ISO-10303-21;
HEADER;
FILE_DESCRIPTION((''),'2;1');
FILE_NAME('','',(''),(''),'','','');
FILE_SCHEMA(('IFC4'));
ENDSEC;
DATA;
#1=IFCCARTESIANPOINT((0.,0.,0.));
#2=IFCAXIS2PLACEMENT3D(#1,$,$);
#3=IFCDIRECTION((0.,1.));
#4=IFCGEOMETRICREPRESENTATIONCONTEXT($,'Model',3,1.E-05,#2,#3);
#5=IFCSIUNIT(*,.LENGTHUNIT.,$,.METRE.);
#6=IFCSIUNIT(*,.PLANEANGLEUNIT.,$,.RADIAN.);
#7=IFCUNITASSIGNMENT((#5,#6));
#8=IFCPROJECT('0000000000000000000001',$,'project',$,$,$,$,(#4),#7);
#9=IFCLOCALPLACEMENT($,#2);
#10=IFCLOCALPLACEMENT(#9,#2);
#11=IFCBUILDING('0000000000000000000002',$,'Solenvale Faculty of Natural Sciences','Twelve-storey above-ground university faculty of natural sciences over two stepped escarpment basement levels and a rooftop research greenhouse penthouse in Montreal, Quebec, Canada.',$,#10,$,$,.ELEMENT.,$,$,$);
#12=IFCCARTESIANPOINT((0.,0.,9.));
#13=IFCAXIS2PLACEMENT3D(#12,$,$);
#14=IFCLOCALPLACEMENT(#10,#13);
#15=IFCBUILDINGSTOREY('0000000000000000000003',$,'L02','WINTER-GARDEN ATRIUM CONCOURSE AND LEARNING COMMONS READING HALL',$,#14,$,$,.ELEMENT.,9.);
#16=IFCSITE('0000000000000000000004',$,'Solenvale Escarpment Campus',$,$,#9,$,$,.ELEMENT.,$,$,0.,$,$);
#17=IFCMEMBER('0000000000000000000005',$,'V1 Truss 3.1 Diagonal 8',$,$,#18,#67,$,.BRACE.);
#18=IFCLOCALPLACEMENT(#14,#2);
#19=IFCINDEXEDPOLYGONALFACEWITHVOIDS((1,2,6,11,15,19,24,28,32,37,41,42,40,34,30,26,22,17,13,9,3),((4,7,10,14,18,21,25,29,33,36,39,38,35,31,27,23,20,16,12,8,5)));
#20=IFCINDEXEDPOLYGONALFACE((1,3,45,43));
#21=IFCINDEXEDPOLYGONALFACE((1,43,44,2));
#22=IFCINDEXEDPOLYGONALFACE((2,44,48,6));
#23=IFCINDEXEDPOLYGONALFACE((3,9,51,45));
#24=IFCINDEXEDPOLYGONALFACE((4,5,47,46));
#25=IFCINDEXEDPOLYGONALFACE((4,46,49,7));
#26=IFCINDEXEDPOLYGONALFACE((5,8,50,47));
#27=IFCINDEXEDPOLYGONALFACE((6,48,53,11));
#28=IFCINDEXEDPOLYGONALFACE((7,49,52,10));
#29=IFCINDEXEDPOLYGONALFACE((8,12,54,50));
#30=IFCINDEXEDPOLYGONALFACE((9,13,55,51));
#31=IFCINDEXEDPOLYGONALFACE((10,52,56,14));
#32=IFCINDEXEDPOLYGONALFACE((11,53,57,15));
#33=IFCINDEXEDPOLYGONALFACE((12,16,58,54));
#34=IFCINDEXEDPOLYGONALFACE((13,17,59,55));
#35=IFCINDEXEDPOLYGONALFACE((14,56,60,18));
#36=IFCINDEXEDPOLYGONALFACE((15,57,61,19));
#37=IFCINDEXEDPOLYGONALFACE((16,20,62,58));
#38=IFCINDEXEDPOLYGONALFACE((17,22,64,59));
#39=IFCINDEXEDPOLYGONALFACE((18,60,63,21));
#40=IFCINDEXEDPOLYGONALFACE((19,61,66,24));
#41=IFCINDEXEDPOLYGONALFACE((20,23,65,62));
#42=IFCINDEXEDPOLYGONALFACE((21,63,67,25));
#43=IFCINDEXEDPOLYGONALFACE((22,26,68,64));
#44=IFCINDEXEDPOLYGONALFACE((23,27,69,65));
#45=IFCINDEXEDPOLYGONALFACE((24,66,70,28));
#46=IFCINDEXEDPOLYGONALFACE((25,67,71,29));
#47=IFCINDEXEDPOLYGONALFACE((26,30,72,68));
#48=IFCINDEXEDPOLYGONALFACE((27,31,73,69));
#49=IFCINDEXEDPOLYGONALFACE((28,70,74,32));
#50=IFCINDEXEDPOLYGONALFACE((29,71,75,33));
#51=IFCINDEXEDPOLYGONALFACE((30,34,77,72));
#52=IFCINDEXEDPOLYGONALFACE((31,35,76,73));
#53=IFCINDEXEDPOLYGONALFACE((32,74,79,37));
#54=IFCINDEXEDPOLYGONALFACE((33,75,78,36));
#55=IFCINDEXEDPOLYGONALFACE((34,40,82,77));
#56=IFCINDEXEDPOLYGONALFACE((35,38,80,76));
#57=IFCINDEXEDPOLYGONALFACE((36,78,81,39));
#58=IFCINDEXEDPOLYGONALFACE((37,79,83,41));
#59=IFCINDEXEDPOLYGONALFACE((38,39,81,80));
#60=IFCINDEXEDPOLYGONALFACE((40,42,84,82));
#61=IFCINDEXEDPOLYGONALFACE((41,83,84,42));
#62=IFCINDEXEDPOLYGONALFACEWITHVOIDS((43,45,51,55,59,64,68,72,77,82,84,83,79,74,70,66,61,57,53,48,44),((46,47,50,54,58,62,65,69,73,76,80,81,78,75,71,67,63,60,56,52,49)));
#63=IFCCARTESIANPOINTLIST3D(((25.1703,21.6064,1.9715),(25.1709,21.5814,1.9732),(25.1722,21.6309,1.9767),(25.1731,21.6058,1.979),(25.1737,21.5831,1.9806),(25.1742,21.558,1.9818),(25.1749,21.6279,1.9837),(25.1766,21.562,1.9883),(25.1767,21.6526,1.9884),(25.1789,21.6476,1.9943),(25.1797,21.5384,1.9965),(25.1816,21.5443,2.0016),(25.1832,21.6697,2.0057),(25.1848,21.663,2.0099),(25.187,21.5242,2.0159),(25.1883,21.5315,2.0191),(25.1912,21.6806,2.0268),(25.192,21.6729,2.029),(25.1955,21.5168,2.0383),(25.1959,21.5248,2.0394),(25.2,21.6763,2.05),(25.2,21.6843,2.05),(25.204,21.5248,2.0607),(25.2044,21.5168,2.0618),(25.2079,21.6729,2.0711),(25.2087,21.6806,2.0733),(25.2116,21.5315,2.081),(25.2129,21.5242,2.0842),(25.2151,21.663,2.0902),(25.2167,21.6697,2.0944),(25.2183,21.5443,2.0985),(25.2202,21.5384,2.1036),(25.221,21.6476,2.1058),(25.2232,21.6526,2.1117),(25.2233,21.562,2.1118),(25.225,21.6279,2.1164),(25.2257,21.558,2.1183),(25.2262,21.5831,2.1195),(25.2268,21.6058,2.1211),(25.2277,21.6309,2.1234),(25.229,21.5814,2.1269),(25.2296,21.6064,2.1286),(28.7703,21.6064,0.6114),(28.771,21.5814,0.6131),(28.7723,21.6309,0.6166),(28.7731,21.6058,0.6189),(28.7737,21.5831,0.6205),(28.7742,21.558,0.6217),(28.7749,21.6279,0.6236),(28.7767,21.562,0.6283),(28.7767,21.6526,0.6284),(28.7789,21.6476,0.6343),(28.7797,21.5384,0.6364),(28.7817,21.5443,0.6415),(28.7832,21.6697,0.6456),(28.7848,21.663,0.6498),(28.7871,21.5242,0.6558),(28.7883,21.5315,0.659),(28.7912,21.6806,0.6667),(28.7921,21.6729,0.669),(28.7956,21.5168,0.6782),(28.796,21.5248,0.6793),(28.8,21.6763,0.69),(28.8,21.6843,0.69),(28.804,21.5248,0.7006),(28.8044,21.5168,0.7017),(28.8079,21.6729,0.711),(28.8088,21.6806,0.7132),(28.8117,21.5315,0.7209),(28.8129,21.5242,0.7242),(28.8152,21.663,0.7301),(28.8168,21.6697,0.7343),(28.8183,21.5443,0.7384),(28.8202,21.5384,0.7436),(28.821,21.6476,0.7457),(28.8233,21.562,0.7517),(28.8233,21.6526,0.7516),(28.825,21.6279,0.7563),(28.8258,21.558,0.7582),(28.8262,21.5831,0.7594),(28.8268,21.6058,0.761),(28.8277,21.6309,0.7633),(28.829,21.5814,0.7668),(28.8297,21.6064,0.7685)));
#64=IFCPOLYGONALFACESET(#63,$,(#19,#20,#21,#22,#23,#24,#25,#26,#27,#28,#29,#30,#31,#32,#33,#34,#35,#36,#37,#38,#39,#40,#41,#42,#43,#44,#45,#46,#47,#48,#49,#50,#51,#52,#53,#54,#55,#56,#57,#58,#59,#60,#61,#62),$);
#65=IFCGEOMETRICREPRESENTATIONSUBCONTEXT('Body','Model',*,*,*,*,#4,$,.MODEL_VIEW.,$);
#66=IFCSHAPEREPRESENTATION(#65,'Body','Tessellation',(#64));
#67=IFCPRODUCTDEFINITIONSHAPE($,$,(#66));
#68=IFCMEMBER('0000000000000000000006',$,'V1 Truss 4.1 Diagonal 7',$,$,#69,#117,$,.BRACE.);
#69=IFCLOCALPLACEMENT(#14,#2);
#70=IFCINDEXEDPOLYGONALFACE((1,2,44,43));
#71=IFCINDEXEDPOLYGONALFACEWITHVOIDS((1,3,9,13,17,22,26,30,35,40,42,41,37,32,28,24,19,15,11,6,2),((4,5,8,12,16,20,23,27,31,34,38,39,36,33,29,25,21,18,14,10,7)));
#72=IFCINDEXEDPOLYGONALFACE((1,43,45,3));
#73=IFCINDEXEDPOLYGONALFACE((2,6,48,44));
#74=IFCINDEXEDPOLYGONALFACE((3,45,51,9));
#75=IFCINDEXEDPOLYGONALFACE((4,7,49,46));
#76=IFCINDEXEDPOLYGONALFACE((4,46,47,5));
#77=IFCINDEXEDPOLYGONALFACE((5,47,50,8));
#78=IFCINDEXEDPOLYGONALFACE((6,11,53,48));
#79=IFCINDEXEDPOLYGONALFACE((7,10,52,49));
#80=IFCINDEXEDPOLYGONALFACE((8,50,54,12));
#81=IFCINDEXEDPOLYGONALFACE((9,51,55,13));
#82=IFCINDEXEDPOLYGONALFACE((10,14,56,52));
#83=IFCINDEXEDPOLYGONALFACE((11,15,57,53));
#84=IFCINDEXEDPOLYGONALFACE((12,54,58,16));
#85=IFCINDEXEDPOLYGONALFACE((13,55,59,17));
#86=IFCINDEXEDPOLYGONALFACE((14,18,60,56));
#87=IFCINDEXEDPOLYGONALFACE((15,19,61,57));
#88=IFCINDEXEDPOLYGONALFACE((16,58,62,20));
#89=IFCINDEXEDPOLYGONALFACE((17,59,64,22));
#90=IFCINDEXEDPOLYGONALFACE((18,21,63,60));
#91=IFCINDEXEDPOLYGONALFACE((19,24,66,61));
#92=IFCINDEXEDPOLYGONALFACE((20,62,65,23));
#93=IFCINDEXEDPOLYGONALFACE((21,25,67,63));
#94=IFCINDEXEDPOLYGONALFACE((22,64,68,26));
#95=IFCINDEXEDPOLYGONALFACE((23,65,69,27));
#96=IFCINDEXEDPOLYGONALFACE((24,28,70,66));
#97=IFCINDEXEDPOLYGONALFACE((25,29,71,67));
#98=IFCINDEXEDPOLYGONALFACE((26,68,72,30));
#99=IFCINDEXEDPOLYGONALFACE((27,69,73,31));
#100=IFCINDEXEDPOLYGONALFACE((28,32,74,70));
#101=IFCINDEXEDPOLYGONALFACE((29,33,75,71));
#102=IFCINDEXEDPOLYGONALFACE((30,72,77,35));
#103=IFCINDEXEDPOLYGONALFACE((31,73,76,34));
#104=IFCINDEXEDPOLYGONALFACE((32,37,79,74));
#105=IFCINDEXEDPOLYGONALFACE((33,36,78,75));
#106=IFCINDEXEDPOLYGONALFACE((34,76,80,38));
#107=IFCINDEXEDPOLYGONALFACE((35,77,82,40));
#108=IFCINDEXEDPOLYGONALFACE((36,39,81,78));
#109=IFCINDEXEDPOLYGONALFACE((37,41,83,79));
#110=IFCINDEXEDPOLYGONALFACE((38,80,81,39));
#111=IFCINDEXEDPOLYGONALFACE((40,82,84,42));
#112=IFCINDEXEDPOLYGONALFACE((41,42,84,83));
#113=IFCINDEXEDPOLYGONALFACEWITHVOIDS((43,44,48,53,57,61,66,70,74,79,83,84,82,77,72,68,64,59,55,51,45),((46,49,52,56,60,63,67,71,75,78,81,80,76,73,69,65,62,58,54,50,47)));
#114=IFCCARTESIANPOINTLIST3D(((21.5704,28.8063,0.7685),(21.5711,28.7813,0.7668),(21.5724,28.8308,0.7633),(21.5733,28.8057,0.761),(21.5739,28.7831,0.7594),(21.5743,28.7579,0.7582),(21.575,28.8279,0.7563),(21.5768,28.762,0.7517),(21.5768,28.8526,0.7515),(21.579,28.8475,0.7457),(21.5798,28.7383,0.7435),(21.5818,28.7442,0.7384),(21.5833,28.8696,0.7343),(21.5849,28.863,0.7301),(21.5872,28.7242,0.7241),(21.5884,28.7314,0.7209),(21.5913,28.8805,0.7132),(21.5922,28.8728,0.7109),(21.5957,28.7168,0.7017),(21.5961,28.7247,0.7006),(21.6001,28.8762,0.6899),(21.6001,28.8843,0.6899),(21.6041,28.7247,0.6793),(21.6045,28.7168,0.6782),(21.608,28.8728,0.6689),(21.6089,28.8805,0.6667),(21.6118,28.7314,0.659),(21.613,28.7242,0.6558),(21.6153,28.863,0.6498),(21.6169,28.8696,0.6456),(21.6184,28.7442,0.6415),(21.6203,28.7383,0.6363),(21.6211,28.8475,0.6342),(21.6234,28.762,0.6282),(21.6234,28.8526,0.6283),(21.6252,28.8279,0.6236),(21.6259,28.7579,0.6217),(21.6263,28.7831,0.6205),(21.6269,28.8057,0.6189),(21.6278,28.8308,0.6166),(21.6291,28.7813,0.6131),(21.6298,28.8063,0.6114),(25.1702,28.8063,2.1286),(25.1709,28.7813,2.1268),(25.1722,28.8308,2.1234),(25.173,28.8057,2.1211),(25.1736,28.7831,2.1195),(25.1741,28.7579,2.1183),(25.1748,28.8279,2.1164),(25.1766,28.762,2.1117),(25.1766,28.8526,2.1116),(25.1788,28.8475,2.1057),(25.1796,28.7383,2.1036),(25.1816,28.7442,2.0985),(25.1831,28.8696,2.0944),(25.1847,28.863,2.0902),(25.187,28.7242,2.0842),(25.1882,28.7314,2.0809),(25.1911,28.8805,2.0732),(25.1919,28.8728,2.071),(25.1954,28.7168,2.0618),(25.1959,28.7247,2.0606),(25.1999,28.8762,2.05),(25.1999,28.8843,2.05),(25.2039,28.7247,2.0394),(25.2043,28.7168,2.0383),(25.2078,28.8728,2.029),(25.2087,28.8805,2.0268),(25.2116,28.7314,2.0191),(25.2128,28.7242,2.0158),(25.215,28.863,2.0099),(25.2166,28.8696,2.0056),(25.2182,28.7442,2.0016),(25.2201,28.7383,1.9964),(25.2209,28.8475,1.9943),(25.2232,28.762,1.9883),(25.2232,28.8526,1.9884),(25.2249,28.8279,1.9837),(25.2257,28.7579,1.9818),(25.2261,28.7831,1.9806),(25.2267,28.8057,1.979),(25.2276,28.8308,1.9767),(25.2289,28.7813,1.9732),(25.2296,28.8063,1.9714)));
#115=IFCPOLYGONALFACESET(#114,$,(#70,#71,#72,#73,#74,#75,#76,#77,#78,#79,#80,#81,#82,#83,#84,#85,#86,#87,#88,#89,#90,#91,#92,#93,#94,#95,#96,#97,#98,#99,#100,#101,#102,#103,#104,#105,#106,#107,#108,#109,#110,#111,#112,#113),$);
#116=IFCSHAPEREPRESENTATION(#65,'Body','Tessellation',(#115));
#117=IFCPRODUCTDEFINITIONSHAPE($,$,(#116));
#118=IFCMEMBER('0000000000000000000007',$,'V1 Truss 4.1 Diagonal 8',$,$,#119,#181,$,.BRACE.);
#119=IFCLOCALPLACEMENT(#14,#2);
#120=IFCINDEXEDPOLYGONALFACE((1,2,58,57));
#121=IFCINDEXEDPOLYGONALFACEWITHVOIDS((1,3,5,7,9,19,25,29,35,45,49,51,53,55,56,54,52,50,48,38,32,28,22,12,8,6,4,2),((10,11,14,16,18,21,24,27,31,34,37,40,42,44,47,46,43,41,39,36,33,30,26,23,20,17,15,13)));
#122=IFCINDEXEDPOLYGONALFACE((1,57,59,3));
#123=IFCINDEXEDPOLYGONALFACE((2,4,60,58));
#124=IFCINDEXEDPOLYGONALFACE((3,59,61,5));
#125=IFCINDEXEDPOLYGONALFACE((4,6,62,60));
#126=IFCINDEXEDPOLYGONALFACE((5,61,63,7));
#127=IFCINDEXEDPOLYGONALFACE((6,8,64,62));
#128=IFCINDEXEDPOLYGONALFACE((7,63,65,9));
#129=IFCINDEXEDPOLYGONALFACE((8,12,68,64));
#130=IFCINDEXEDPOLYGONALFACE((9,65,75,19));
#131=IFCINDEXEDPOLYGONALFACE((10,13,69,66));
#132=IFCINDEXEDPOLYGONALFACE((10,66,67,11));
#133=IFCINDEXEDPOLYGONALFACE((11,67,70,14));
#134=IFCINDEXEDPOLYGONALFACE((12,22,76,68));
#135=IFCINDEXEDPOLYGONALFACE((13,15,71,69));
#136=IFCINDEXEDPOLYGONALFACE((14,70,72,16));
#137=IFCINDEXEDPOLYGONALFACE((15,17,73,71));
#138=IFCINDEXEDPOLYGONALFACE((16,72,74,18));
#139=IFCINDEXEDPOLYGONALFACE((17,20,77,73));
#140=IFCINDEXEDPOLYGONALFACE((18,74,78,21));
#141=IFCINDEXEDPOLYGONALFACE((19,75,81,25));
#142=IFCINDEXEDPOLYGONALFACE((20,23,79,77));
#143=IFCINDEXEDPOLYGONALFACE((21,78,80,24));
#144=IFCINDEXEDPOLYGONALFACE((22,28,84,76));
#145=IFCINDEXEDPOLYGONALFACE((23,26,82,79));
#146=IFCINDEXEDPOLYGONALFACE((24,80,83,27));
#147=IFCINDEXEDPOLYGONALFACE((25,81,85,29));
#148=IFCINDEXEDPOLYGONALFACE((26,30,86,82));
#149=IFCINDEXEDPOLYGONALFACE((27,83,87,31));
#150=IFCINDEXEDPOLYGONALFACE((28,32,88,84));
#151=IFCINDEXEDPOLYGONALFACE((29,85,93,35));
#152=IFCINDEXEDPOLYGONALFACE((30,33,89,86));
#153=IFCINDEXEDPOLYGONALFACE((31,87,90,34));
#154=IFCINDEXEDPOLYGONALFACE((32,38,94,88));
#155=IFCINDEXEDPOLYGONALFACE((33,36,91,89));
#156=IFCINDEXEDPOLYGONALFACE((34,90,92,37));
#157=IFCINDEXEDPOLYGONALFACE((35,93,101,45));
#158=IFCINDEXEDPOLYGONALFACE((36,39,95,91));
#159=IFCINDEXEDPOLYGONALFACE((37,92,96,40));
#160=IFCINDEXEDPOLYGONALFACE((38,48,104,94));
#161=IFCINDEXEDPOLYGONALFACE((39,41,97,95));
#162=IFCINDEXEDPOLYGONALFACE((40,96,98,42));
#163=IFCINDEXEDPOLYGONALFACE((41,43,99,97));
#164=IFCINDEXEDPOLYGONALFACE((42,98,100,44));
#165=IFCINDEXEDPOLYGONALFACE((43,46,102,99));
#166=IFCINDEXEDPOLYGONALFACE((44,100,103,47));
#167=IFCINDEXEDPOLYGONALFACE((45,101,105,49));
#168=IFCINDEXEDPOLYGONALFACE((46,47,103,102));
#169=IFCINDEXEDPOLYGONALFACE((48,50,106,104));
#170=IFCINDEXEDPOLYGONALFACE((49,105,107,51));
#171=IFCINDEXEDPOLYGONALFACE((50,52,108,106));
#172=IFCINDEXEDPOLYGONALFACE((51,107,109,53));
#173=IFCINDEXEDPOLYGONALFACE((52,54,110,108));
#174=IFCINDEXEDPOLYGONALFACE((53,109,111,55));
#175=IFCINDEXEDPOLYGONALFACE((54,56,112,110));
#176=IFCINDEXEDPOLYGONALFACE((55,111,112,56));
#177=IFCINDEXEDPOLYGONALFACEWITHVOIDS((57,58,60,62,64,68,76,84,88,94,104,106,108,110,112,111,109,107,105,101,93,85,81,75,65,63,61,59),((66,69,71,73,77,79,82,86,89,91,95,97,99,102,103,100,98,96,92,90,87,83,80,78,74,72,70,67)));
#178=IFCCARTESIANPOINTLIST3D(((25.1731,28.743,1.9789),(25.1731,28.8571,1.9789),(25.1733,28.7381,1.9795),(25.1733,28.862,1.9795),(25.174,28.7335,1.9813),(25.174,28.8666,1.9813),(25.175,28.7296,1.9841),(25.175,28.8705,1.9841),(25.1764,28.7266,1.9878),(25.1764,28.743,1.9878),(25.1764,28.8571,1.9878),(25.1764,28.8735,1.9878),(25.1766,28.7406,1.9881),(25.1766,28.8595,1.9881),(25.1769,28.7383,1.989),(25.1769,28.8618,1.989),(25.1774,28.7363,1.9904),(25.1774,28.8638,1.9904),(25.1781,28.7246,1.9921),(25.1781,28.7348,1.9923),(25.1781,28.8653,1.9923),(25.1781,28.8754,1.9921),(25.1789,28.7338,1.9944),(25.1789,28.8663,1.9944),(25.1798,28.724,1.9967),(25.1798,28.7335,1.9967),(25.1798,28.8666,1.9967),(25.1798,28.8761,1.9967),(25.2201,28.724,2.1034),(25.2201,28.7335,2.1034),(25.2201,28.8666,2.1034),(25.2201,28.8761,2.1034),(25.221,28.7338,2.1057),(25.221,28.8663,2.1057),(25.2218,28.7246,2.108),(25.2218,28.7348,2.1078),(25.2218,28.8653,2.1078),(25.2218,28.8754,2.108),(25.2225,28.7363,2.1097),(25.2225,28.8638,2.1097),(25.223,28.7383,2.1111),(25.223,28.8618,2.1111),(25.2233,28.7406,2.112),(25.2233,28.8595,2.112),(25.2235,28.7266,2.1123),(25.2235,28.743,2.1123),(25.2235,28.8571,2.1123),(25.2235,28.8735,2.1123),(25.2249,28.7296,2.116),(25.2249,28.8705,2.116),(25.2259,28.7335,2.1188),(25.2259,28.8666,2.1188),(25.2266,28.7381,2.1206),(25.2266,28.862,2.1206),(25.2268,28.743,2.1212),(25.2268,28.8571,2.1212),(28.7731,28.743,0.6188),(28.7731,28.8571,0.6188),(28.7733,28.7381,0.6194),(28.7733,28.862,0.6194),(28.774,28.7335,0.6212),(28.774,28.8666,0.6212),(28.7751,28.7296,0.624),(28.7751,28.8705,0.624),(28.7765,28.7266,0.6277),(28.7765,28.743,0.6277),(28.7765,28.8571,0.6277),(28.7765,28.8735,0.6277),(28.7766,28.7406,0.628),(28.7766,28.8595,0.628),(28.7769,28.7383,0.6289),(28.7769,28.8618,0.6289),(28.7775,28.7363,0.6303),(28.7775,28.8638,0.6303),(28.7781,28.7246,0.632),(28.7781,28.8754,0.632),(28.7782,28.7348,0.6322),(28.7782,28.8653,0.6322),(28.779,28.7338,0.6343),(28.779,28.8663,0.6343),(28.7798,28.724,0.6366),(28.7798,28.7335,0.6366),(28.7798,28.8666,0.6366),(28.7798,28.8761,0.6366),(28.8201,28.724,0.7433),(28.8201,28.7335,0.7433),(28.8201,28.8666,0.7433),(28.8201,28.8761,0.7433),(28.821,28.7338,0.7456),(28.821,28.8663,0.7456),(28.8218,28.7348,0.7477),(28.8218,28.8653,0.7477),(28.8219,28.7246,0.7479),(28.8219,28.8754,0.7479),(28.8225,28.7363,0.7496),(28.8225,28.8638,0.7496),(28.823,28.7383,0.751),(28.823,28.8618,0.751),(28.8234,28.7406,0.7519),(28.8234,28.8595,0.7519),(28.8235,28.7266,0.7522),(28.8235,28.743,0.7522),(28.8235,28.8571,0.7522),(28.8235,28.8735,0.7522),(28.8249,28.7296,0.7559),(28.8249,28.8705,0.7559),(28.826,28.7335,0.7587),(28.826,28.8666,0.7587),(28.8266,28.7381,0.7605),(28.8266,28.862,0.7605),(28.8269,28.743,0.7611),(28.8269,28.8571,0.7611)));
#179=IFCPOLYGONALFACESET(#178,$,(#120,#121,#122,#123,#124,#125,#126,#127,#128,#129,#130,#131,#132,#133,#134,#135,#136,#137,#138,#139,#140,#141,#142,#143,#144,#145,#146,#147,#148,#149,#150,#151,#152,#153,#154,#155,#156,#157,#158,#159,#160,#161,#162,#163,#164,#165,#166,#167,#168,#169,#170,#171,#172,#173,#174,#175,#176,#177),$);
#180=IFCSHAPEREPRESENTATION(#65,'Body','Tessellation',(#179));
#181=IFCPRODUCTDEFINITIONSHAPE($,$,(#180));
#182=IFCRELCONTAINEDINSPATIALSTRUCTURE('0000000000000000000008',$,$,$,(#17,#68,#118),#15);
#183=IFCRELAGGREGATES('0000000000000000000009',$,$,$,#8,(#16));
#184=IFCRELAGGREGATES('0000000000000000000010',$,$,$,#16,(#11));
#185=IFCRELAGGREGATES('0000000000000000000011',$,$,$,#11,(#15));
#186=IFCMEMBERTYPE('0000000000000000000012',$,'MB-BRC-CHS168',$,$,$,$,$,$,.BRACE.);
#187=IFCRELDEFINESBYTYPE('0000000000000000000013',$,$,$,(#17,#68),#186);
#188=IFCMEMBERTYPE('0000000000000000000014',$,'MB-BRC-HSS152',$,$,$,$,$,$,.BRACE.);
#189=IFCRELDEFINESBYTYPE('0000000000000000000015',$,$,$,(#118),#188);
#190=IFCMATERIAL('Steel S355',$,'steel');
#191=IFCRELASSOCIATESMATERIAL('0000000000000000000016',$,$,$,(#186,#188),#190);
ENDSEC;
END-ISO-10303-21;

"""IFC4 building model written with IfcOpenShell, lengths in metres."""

from ifc_helpers import new_model, si_unit, direction, frame, origin, origin_2d, place, context, subcontext, project, spatial, hollow_rectangle, hollow_circle, extrude, material, material_profile, profile_set, type_object, element, save


model = new_model("IFC4")

# Units and contexts
model_context = context("Model", 3, precision=1e-05, world=origin(), true_north=direction((0.0, 1.0)))
body_context = subcontext(model_context, "Body", "Model", "MODEL_VIEW")
ifc_project = project(units=[si_unit("LENGTHUNIT", "METRE"), si_unit("PLANEANGLEUNIT", "RADIAN")], contexts=[model_context])

# Site, building, storey
site_placement = place(None, origin())
site = spatial("IfcSite", under=ifc_project, at=site_placement, Name="Solenvale Escarpment Campus", CompositionType="ELEMENT", RefElevation=0.0)
building_placement = place(site_placement, origin())
building = spatial("IfcBuilding", under=site, at=building_placement, Name="Solenvale Faculty of Natural Sciences", Description="Twelve-storey above-ground university faculty of natural sciences over two stepped escarpment basement levels and a rooftop research greenhouse penthouse in Montreal, Quebec, Canada.", CompositionType="ELEMENT")
storey_placement = place(building_placement, frame((0.0, 0.0, 9.0)))
storey = spatial("IfcBuildingStorey", under=building, at=storey_placement, Name="L02", Description="WINTER-GARDEN ATRIUM CONCOURSE AND LEARNING COMMONS READING HALL", CompositionType="ELEMENT", Elevation=9.0)

# Members
ifc_material_1 = material(Name="Steel S355", Category="steel")
ifc_material_profile_1 = material_profile(ifc_material_1, hollow_circle(Radius=0.0842, WallThickness=0.0081, at=origin_2d()), Name="HSS168x8.0")
ifc_profile_set_1 = profile_set([ifc_material_profile_1], Name="Steel S355")
member_type_1 = type_object("IfcMemberType", Name="MB-BRC-CHS168", PredefinedType="BRACE", material=ifc_profile_set_1)
member_1_placement = place(storey_placement, frame((25.2, 21.6001, 2.05), z_axis=(0.935466, 0.0, -0.353417), x_axis=(0.0, 1.0, 0.0)))
element("IfcMember", 1, at=member_1_placement, inside=storey, type_object=member_type_1, Name="V1 Truss 3.1 Diagonal 8", PredefinedType="BRACE", context=body_context, shape_type="SweptSolid", body=[
    extrude(hollow_circle(Radius=0.0842, WallThickness=0.0081, at=origin_2d()), origin(), (0.0, 0.0, 1.0), 3.8484),
])
member_2_placement = place(storey_placement, frame((21.6001, 28.8, 0.6899), z_axis=(0.935458, 0.0, 0.353438), x_axis=(0.0, 1.0, 0.0)))
element("IfcMember", 2, at=member_2_placement, inside=storey, type_object=member_type_1, Name="V1 Truss 4.1 Diagonal 7", PredefinedType="BRACE", context=body_context, shape_type="SweptSolid", body=[
    extrude(hollow_circle(Radius=0.0842, WallThickness=0.0081, at=origin_2d()), origin(), (0.0, 0.0, 1.0), 3.8481),
])
ifc_material_profile_2 = material_profile(ifc_material_1, hollow_rectangle(XDim=0.1521, YDim=0.1521, WallThickness=0.0095, InnerFilletRadius=0.0095, OuterFilletRadius=0.019, at=origin_2d()), Name="HSS152x152x9.5")
ifc_profile_set_2 = profile_set([ifc_material_profile_2], Name="Steel S355")
member_type_2 = type_object("IfcMemberType", Name="MB-BRC-HSS152", PredefinedType="BRACE", material=ifc_profile_set_2)
member_3_placement = place(storey_placement, frame((25.2, 28.8, 2.05), z_axis=(0.935466, 0.0, -0.353417), x_axis=(0.0, 1.0, 0.0)))
element("IfcMember", 3, at=member_3_placement, inside=storey, type_object=member_type_2, Name="V1 Truss 4.1 Diagonal 8", PredefinedType="BRACE", context=body_context, shape_type="SweptSolid", body=[
    extrude(hollow_rectangle(XDim=0.1521, YDim=0.1521, WallThickness=0.0095, InnerFilletRadius=0.0095, OuterFilletRadius=0.019, at=origin_2d()), origin(), (0.0, 0.0, 1.0), 3.8484),
])

save(model, "model.ifc")
